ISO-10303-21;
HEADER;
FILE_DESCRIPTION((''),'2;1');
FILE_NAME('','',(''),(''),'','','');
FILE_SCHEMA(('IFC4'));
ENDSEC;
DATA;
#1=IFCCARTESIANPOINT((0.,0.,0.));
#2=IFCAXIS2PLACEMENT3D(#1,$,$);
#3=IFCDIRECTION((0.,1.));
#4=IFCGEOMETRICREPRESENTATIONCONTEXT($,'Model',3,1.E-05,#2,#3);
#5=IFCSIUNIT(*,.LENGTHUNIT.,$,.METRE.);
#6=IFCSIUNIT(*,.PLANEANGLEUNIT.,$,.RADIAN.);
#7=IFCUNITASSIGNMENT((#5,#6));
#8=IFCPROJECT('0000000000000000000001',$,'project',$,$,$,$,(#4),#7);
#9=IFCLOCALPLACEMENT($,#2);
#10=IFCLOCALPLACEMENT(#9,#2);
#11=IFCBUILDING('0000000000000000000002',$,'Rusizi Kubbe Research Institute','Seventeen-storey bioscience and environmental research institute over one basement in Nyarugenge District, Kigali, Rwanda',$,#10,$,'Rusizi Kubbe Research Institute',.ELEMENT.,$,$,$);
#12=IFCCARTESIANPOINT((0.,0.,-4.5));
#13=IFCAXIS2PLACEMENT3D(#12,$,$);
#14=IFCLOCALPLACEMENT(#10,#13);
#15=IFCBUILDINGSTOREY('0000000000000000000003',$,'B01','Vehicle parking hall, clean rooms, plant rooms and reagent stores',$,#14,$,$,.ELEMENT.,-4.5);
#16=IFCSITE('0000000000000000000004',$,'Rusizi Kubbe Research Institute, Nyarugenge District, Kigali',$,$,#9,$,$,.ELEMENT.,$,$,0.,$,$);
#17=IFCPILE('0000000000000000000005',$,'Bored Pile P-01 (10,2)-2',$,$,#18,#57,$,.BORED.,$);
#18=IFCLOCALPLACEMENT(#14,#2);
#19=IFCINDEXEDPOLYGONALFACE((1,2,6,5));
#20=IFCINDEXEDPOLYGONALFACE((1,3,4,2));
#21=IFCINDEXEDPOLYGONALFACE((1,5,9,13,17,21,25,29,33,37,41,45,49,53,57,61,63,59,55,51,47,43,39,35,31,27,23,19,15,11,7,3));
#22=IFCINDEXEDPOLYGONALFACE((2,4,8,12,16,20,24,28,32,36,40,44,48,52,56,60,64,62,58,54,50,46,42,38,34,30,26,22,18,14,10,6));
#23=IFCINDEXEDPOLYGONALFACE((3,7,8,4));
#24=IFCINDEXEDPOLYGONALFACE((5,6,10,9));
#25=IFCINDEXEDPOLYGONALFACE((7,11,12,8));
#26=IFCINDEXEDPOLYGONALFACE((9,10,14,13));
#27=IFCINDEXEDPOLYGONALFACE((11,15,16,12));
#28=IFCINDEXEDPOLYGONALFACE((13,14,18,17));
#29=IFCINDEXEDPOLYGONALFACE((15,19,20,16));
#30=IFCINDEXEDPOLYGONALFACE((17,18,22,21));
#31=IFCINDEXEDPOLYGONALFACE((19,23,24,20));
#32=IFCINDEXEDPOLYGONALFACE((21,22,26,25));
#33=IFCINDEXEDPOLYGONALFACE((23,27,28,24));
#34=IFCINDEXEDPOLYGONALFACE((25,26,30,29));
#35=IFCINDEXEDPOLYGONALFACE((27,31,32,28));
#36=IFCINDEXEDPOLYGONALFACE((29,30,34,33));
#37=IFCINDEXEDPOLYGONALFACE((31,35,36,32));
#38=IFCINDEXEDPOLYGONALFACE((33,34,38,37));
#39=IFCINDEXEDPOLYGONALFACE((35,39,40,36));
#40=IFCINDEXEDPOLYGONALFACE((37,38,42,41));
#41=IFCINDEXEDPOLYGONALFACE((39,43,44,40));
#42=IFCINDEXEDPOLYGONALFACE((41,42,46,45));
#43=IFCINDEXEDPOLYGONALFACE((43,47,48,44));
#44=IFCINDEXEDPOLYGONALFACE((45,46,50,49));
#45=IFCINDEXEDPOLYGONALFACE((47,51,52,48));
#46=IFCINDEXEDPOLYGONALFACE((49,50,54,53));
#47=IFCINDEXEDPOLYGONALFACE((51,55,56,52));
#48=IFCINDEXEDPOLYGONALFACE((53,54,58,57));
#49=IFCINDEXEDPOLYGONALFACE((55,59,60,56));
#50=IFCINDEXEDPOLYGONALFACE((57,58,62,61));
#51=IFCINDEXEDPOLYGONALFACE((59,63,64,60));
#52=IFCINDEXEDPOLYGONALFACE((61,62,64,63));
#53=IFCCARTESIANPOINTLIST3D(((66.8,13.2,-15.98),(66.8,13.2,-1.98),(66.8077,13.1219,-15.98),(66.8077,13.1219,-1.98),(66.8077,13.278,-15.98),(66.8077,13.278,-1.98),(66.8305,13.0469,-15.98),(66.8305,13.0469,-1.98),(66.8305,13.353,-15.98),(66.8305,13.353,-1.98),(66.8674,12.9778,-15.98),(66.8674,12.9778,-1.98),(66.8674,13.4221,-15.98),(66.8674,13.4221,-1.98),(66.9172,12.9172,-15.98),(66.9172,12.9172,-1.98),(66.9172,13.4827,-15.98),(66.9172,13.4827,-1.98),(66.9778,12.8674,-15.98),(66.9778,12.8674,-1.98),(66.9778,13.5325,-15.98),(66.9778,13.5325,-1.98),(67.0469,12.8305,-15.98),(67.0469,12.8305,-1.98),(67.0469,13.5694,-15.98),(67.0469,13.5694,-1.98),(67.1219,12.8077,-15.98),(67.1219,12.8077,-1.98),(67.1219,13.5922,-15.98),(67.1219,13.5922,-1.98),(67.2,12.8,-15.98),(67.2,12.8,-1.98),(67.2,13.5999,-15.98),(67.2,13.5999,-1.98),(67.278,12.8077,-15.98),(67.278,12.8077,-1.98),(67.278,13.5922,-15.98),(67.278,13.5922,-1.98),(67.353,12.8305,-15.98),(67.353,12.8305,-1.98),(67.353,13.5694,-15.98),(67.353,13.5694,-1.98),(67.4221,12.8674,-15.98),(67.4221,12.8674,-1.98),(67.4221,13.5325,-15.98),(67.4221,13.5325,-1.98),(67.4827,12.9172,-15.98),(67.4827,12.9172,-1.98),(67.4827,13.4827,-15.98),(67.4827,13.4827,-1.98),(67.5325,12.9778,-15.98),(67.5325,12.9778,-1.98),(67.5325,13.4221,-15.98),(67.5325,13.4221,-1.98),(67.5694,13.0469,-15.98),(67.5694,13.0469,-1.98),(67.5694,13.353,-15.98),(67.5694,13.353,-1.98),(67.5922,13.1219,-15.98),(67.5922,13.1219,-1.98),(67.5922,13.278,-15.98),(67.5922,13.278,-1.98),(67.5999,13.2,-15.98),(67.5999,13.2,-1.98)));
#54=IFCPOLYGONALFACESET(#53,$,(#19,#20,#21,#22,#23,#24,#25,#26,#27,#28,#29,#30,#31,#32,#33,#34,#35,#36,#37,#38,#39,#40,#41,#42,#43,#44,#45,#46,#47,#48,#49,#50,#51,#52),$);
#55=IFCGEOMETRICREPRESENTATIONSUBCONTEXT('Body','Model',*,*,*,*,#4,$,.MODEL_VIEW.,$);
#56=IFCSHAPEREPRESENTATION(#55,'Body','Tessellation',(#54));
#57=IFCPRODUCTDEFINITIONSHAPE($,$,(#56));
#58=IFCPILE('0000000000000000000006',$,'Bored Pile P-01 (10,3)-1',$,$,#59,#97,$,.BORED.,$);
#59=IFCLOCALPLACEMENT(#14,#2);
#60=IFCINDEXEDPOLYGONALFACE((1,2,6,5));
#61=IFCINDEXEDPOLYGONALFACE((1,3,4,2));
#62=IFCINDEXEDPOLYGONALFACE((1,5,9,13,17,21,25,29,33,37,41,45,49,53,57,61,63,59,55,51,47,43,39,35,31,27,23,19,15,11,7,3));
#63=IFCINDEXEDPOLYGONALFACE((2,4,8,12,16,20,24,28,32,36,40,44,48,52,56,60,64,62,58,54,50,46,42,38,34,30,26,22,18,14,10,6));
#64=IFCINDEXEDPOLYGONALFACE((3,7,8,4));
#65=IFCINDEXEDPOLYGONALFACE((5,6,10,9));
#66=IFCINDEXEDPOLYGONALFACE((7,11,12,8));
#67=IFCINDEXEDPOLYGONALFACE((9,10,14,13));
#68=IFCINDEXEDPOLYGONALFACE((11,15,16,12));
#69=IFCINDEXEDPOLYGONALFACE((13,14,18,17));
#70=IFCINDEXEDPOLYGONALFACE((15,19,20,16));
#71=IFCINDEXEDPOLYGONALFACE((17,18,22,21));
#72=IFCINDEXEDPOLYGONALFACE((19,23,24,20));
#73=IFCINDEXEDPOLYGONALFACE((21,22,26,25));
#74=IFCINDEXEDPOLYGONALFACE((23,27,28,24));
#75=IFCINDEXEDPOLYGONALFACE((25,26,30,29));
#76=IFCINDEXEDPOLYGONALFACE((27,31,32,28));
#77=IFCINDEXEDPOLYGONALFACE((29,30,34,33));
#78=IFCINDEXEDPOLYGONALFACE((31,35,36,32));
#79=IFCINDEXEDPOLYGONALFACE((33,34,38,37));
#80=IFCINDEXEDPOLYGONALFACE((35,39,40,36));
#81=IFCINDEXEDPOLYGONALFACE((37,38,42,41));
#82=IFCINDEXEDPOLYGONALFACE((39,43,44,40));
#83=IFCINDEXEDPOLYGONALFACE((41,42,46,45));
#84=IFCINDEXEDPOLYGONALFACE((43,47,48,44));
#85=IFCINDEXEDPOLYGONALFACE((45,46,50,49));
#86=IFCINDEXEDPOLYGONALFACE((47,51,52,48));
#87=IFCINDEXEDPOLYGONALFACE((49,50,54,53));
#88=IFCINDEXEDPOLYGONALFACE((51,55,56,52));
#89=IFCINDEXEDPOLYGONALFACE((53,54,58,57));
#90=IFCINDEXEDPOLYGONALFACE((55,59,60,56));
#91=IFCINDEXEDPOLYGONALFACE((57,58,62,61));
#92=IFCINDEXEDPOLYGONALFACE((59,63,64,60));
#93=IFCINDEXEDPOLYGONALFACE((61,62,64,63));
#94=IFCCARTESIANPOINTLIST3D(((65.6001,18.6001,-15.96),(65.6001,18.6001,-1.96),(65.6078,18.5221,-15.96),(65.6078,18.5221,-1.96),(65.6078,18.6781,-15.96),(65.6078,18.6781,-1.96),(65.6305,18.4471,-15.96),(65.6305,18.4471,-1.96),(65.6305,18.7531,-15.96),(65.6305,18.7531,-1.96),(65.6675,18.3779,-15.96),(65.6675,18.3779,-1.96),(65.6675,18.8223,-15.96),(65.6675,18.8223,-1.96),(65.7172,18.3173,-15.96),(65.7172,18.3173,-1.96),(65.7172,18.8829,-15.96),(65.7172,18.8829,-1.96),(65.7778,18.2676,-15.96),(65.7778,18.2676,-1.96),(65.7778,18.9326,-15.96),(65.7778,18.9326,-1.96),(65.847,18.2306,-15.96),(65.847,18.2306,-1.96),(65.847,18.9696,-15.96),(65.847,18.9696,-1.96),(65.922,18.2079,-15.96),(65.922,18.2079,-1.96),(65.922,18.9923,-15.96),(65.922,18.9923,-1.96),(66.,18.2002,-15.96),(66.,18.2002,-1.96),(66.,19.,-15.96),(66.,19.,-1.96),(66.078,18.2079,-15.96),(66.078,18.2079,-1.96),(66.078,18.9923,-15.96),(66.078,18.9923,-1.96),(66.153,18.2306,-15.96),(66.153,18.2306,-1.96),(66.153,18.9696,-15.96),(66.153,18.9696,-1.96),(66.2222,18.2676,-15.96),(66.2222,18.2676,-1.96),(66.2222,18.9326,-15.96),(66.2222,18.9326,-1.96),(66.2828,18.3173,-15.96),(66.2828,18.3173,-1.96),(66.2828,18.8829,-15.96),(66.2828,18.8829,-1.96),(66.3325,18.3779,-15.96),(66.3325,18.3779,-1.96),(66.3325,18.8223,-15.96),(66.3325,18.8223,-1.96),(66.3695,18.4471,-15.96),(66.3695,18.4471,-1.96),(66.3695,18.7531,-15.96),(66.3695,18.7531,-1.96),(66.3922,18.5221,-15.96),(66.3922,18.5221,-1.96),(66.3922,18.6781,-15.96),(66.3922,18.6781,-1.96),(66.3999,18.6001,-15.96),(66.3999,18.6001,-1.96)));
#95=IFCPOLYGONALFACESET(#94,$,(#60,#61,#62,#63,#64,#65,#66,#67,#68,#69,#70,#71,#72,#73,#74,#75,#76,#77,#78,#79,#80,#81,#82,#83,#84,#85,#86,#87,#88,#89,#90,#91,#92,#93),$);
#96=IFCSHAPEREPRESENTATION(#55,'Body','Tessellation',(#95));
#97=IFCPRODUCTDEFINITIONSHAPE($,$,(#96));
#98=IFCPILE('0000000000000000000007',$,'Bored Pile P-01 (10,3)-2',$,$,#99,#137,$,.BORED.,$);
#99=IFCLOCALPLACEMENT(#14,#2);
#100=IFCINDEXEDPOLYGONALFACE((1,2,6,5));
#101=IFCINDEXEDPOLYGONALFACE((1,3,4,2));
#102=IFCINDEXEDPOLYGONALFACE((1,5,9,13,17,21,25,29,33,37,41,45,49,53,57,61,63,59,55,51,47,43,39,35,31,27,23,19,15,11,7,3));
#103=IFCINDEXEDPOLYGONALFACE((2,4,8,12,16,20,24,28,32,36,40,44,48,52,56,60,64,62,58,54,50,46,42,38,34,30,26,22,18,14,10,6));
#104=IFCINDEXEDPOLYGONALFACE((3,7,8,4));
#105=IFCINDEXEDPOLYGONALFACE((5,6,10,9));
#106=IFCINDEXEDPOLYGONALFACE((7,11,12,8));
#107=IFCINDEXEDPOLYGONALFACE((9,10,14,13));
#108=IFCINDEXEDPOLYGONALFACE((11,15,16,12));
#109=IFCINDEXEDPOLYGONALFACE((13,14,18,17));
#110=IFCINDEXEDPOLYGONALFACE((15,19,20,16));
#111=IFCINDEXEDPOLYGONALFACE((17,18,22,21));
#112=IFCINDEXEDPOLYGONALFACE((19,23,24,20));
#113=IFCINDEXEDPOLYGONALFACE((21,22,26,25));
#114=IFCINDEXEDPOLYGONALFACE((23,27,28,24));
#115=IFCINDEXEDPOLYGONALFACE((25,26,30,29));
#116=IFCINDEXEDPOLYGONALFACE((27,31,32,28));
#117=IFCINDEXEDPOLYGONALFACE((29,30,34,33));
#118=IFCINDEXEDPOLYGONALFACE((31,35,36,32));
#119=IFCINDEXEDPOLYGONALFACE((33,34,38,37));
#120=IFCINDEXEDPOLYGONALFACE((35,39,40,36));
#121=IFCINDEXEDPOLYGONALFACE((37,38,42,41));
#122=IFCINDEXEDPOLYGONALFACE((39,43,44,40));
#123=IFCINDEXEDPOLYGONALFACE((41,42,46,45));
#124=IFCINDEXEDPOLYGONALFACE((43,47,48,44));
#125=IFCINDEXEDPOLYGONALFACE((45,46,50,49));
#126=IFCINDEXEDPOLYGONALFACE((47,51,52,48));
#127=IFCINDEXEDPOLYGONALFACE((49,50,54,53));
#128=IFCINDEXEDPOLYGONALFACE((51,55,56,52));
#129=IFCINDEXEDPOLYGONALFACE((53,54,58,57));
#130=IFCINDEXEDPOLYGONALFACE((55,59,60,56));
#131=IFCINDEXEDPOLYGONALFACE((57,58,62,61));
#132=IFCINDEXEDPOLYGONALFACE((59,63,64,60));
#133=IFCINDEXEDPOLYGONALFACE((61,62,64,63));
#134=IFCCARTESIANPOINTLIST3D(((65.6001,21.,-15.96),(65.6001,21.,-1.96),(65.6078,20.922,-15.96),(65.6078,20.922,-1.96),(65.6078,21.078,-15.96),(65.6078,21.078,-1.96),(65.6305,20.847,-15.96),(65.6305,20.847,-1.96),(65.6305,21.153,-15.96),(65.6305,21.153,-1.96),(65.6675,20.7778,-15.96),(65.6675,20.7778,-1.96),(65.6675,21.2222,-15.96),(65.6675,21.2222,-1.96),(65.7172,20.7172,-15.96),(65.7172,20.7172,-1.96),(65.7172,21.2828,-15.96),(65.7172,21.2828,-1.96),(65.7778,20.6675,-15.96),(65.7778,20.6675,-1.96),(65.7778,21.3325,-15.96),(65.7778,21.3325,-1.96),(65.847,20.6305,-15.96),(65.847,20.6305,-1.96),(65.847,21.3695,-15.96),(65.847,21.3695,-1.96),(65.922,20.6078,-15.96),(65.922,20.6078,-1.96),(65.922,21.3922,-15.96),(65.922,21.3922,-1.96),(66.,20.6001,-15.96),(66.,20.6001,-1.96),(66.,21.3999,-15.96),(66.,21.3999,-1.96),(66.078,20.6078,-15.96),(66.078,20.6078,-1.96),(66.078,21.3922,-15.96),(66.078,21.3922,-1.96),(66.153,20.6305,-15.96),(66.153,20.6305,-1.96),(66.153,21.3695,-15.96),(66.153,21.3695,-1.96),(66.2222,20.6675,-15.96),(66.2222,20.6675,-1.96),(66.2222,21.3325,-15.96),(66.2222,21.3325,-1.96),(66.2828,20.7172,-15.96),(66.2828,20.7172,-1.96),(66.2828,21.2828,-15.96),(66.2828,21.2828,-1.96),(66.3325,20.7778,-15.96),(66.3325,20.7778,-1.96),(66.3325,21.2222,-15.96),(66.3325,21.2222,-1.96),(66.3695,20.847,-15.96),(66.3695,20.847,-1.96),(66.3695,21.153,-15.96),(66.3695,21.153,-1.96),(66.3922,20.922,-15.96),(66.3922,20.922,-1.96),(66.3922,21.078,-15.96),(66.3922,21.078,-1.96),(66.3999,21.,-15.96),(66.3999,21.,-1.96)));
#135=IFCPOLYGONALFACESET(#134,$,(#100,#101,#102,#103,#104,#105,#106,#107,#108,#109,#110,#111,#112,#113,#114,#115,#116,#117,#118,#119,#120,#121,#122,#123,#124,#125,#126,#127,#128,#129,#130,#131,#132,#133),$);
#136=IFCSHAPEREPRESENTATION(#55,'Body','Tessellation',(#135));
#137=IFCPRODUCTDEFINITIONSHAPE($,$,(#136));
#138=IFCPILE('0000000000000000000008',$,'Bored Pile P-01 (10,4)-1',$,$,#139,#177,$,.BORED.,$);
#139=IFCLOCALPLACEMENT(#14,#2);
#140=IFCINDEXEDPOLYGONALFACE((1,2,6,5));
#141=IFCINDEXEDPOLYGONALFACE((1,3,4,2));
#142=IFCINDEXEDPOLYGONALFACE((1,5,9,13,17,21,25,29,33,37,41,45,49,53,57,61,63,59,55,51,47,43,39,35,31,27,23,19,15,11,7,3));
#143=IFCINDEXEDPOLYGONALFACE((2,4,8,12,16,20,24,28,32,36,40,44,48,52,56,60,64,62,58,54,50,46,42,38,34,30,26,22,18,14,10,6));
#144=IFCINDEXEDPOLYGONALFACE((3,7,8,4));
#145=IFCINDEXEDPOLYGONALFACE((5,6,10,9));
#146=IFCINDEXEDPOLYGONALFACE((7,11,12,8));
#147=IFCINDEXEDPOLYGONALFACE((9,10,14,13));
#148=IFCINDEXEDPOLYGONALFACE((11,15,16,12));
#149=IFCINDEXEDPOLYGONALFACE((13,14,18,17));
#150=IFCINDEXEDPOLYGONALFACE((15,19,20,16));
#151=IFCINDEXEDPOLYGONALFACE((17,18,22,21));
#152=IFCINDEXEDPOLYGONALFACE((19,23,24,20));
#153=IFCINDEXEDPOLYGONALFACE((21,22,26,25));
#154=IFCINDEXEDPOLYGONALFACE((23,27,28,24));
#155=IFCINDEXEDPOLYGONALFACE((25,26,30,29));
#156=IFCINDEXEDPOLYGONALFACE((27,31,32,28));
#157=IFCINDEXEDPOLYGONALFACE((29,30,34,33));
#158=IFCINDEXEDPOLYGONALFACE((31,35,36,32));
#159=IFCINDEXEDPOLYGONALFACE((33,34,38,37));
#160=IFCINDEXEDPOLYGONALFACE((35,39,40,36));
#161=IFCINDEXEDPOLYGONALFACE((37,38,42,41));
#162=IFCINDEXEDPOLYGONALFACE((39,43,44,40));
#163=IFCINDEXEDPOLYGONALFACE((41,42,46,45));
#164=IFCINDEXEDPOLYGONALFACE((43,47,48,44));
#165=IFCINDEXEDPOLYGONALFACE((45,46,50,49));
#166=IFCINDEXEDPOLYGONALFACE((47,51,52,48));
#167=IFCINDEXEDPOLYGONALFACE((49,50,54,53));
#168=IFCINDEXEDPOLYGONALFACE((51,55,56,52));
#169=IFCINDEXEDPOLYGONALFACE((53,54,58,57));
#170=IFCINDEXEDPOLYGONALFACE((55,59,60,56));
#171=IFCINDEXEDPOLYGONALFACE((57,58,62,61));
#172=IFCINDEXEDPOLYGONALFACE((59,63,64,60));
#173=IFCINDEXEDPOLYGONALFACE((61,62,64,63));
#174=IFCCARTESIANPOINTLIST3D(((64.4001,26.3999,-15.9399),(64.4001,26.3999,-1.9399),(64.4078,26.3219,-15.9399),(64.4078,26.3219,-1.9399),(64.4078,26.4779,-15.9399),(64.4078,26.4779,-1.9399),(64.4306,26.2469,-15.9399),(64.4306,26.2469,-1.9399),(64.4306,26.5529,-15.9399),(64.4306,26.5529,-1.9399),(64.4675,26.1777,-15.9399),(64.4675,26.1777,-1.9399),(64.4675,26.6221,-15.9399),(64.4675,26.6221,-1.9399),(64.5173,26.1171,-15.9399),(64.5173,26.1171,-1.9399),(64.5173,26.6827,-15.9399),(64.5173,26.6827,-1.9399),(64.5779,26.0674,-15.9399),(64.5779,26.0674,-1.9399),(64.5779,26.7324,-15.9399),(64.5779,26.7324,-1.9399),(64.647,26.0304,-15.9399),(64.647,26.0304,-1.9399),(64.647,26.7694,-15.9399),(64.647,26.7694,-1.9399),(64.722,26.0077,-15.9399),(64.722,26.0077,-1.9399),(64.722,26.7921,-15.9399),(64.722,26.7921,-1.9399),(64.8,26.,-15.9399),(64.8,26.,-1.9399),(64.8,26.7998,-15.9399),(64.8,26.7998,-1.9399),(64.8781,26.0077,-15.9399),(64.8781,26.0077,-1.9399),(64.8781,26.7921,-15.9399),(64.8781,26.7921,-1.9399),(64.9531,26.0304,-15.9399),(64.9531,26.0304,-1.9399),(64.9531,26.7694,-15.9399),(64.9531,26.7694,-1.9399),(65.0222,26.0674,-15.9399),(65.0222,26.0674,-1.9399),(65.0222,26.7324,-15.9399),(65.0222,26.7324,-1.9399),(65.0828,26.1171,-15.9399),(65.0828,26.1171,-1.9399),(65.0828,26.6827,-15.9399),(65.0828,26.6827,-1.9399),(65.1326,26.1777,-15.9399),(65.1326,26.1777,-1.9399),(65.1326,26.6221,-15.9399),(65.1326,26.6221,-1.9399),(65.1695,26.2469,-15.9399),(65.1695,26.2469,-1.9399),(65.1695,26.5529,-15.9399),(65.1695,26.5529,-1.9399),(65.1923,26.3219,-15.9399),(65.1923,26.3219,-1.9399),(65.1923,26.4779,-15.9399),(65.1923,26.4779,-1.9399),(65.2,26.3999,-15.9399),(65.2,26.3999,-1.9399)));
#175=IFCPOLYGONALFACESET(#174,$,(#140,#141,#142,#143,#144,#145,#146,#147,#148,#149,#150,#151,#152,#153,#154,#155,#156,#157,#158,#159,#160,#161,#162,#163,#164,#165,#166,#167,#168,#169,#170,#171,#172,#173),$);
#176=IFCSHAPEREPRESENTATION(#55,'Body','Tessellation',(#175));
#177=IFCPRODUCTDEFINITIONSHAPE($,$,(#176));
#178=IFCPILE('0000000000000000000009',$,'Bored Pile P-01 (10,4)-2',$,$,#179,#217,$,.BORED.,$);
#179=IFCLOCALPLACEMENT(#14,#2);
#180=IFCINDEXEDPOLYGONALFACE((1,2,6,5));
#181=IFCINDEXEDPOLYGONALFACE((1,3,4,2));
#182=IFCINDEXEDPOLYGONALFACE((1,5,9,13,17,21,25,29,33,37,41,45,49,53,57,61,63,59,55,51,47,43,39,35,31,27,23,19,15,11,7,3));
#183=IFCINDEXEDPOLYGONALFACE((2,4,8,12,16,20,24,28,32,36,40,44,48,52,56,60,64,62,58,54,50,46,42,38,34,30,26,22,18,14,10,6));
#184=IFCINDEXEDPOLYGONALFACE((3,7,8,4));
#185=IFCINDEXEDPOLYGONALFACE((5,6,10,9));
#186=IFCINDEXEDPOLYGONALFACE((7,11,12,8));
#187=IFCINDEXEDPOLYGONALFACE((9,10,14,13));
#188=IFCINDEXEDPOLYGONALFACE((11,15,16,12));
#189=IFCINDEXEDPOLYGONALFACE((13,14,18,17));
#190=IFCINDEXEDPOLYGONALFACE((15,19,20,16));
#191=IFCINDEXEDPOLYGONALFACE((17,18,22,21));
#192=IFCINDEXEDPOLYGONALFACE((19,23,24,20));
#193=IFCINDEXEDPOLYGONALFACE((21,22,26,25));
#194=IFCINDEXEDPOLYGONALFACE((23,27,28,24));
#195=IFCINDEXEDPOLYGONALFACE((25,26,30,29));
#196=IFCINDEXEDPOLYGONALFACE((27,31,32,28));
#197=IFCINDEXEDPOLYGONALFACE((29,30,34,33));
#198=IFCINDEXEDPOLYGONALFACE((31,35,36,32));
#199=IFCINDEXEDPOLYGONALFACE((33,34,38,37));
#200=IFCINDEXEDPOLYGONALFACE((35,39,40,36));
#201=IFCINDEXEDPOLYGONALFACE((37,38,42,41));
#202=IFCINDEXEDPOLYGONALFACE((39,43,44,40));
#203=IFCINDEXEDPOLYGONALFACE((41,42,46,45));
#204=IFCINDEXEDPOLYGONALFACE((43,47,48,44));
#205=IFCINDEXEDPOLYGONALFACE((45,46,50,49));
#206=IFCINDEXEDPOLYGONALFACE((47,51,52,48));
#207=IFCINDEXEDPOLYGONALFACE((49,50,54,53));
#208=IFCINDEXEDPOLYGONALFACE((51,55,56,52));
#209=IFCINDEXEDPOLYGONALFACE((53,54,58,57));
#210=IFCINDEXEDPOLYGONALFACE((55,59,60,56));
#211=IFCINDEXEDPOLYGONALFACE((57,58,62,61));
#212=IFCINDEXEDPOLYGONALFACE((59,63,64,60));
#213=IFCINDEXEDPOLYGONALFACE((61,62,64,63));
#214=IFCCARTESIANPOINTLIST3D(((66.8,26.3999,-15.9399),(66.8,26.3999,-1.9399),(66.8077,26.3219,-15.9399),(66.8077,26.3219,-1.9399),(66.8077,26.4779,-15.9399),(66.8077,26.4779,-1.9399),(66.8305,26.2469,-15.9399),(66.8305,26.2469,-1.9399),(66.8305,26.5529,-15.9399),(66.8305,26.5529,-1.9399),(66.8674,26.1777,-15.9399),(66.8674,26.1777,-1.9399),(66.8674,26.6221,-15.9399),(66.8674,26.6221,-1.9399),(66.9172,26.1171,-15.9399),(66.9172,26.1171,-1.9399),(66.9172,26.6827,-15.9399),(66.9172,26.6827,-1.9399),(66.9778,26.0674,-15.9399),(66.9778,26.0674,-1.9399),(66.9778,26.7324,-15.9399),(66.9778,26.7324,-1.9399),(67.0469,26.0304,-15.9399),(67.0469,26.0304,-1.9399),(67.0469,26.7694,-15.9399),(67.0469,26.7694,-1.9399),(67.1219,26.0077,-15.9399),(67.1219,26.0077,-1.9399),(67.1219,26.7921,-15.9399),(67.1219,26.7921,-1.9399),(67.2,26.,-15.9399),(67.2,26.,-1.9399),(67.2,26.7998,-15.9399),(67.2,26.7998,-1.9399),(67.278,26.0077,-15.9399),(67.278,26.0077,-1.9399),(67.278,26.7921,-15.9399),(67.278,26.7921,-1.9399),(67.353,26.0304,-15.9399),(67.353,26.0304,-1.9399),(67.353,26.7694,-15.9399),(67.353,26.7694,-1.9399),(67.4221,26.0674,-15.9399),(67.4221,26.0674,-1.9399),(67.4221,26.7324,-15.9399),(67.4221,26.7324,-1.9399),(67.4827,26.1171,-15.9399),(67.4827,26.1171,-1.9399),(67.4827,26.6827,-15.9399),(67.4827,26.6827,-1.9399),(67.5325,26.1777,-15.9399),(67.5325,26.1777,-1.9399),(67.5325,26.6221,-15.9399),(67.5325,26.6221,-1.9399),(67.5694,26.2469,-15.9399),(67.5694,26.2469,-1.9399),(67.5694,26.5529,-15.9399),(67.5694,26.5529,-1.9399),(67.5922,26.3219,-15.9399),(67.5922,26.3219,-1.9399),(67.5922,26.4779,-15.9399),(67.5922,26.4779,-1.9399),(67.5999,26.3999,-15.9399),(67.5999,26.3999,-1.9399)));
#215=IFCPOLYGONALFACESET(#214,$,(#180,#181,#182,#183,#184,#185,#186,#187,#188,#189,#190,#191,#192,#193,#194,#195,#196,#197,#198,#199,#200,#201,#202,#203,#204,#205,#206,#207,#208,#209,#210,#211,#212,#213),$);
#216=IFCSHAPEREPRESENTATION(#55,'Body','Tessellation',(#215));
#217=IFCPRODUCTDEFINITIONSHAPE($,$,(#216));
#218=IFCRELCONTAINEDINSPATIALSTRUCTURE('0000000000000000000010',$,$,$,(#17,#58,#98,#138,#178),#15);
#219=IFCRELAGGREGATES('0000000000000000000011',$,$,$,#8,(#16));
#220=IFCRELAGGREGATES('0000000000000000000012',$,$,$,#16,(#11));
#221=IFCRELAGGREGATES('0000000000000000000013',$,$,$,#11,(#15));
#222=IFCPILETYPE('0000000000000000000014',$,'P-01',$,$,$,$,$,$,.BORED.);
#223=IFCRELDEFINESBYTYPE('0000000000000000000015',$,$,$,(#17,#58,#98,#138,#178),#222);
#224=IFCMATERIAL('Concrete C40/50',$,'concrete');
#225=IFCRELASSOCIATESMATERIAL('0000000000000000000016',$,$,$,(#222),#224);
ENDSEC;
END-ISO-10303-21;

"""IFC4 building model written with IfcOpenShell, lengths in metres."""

from ifc_helpers import new_model, si_unit, direction, frame, origin, origin_2d, place, context, subcontext, project, spatial, circle, extrude, material, material_profile, profile_set, type_object, element, save


model = new_model("IFC4")

# Units and contexts
model_context = context("Model", 3, precision=1e-05, world=origin(), true_north=direction((0.0, 1.0)))
body_context = subcontext(model_context, "Body", "Model", "MODEL_VIEW")
ifc_project = project(units=[si_unit("LENGTHUNIT", "METRE"), si_unit("PLANEANGLEUNIT", "RADIAN")], contexts=[model_context])

# Site, building, storey
site_placement = place(None, origin())
site = spatial("IfcSite", under=ifc_project, at=site_placement, Name="Rusizi Kubbe Research Institute, Nyarugenge District, Kigali", CompositionType="ELEMENT", RefElevation=0.0)
building_placement = place(site_placement, origin())
building = spatial("IfcBuilding", under=site, at=building_placement, Name="Rusizi Kubbe Research Institute", Description="Seventeen-storey bioscience and environmental research institute over one basement in Nyarugenge District, Kigali, Rwanda", LongName="Rusizi Kubbe Research Institute", CompositionType="ELEMENT")
storey_placement = place(building_placement, frame((0.0, 0.0, -4.5)))
storey = spatial("IfcBuildingStorey", under=building, at=storey_placement, Name="B01", Description="Vehicle parking hall, clean rooms, plant rooms and reagent stores", CompositionType="ELEMENT", Elevation=-4.5)

# Piles
ifc_material_1 = material(Name="Concrete C40/50", Category="concrete")
ifc_material_profile_1 = material_profile(ifc_material_1, circle(Radius=0.3999, at=origin_2d()), Name="PILE-D800")
ifc_profile_set_1 = profile_set([ifc_material_profile_1], Name="Concrete C40/50")
pile_type = type_object("IfcPileType", Name="P-01", PredefinedType="BORED", material=ifc_profile_set_1)
for number, where, z_axis, x_axis, name in (
    (1, (67.2, 13.2, -1.98), (0.0, 0.0, -1.0), (1.0, 0.0, 0.0), "Bored Pile P-01 (10,2)-2"),
    (2, (66.0, 18.6001, -1.96), (0.0, 0.0, -1.0), (1.0, 0.0, 0.0), "Bored Pile P-01 (10,3)-1"),
    (3, (66.0, 21.0, -1.96), (0.0, 0.0, -1.0), (1.0, 0.0, 0.0), "Bored Pile P-01 (10,3)-2"),
    (4, (64.8, 26.3999, -1.9399), (0.0, 0.0, -1.0), (1.0, 0.0, 0.0), "Bored Pile P-01 (10,4)-1"),
    (5, (67.2, 26.3999, -1.9399), (0.0, 0.0, -1.0), (1.0, 0.0, 0.0), "Bored Pile P-01 (10,4)-2"),
):
    element("IfcPile", number, at=place(storey_placement, frame(where, z_axis=z_axis, x_axis=x_axis)), inside=storey, type_object=pile_type, Name=name, PredefinedType="BORED", context=body_context, shape_type="SweptSolid", body=[
        extrude(circle(Radius=0.3999, at=origin_2d()), origin(), (0.0, 0.0, 1.0), 14.0),
    ])

save(model, "model.ifc")
